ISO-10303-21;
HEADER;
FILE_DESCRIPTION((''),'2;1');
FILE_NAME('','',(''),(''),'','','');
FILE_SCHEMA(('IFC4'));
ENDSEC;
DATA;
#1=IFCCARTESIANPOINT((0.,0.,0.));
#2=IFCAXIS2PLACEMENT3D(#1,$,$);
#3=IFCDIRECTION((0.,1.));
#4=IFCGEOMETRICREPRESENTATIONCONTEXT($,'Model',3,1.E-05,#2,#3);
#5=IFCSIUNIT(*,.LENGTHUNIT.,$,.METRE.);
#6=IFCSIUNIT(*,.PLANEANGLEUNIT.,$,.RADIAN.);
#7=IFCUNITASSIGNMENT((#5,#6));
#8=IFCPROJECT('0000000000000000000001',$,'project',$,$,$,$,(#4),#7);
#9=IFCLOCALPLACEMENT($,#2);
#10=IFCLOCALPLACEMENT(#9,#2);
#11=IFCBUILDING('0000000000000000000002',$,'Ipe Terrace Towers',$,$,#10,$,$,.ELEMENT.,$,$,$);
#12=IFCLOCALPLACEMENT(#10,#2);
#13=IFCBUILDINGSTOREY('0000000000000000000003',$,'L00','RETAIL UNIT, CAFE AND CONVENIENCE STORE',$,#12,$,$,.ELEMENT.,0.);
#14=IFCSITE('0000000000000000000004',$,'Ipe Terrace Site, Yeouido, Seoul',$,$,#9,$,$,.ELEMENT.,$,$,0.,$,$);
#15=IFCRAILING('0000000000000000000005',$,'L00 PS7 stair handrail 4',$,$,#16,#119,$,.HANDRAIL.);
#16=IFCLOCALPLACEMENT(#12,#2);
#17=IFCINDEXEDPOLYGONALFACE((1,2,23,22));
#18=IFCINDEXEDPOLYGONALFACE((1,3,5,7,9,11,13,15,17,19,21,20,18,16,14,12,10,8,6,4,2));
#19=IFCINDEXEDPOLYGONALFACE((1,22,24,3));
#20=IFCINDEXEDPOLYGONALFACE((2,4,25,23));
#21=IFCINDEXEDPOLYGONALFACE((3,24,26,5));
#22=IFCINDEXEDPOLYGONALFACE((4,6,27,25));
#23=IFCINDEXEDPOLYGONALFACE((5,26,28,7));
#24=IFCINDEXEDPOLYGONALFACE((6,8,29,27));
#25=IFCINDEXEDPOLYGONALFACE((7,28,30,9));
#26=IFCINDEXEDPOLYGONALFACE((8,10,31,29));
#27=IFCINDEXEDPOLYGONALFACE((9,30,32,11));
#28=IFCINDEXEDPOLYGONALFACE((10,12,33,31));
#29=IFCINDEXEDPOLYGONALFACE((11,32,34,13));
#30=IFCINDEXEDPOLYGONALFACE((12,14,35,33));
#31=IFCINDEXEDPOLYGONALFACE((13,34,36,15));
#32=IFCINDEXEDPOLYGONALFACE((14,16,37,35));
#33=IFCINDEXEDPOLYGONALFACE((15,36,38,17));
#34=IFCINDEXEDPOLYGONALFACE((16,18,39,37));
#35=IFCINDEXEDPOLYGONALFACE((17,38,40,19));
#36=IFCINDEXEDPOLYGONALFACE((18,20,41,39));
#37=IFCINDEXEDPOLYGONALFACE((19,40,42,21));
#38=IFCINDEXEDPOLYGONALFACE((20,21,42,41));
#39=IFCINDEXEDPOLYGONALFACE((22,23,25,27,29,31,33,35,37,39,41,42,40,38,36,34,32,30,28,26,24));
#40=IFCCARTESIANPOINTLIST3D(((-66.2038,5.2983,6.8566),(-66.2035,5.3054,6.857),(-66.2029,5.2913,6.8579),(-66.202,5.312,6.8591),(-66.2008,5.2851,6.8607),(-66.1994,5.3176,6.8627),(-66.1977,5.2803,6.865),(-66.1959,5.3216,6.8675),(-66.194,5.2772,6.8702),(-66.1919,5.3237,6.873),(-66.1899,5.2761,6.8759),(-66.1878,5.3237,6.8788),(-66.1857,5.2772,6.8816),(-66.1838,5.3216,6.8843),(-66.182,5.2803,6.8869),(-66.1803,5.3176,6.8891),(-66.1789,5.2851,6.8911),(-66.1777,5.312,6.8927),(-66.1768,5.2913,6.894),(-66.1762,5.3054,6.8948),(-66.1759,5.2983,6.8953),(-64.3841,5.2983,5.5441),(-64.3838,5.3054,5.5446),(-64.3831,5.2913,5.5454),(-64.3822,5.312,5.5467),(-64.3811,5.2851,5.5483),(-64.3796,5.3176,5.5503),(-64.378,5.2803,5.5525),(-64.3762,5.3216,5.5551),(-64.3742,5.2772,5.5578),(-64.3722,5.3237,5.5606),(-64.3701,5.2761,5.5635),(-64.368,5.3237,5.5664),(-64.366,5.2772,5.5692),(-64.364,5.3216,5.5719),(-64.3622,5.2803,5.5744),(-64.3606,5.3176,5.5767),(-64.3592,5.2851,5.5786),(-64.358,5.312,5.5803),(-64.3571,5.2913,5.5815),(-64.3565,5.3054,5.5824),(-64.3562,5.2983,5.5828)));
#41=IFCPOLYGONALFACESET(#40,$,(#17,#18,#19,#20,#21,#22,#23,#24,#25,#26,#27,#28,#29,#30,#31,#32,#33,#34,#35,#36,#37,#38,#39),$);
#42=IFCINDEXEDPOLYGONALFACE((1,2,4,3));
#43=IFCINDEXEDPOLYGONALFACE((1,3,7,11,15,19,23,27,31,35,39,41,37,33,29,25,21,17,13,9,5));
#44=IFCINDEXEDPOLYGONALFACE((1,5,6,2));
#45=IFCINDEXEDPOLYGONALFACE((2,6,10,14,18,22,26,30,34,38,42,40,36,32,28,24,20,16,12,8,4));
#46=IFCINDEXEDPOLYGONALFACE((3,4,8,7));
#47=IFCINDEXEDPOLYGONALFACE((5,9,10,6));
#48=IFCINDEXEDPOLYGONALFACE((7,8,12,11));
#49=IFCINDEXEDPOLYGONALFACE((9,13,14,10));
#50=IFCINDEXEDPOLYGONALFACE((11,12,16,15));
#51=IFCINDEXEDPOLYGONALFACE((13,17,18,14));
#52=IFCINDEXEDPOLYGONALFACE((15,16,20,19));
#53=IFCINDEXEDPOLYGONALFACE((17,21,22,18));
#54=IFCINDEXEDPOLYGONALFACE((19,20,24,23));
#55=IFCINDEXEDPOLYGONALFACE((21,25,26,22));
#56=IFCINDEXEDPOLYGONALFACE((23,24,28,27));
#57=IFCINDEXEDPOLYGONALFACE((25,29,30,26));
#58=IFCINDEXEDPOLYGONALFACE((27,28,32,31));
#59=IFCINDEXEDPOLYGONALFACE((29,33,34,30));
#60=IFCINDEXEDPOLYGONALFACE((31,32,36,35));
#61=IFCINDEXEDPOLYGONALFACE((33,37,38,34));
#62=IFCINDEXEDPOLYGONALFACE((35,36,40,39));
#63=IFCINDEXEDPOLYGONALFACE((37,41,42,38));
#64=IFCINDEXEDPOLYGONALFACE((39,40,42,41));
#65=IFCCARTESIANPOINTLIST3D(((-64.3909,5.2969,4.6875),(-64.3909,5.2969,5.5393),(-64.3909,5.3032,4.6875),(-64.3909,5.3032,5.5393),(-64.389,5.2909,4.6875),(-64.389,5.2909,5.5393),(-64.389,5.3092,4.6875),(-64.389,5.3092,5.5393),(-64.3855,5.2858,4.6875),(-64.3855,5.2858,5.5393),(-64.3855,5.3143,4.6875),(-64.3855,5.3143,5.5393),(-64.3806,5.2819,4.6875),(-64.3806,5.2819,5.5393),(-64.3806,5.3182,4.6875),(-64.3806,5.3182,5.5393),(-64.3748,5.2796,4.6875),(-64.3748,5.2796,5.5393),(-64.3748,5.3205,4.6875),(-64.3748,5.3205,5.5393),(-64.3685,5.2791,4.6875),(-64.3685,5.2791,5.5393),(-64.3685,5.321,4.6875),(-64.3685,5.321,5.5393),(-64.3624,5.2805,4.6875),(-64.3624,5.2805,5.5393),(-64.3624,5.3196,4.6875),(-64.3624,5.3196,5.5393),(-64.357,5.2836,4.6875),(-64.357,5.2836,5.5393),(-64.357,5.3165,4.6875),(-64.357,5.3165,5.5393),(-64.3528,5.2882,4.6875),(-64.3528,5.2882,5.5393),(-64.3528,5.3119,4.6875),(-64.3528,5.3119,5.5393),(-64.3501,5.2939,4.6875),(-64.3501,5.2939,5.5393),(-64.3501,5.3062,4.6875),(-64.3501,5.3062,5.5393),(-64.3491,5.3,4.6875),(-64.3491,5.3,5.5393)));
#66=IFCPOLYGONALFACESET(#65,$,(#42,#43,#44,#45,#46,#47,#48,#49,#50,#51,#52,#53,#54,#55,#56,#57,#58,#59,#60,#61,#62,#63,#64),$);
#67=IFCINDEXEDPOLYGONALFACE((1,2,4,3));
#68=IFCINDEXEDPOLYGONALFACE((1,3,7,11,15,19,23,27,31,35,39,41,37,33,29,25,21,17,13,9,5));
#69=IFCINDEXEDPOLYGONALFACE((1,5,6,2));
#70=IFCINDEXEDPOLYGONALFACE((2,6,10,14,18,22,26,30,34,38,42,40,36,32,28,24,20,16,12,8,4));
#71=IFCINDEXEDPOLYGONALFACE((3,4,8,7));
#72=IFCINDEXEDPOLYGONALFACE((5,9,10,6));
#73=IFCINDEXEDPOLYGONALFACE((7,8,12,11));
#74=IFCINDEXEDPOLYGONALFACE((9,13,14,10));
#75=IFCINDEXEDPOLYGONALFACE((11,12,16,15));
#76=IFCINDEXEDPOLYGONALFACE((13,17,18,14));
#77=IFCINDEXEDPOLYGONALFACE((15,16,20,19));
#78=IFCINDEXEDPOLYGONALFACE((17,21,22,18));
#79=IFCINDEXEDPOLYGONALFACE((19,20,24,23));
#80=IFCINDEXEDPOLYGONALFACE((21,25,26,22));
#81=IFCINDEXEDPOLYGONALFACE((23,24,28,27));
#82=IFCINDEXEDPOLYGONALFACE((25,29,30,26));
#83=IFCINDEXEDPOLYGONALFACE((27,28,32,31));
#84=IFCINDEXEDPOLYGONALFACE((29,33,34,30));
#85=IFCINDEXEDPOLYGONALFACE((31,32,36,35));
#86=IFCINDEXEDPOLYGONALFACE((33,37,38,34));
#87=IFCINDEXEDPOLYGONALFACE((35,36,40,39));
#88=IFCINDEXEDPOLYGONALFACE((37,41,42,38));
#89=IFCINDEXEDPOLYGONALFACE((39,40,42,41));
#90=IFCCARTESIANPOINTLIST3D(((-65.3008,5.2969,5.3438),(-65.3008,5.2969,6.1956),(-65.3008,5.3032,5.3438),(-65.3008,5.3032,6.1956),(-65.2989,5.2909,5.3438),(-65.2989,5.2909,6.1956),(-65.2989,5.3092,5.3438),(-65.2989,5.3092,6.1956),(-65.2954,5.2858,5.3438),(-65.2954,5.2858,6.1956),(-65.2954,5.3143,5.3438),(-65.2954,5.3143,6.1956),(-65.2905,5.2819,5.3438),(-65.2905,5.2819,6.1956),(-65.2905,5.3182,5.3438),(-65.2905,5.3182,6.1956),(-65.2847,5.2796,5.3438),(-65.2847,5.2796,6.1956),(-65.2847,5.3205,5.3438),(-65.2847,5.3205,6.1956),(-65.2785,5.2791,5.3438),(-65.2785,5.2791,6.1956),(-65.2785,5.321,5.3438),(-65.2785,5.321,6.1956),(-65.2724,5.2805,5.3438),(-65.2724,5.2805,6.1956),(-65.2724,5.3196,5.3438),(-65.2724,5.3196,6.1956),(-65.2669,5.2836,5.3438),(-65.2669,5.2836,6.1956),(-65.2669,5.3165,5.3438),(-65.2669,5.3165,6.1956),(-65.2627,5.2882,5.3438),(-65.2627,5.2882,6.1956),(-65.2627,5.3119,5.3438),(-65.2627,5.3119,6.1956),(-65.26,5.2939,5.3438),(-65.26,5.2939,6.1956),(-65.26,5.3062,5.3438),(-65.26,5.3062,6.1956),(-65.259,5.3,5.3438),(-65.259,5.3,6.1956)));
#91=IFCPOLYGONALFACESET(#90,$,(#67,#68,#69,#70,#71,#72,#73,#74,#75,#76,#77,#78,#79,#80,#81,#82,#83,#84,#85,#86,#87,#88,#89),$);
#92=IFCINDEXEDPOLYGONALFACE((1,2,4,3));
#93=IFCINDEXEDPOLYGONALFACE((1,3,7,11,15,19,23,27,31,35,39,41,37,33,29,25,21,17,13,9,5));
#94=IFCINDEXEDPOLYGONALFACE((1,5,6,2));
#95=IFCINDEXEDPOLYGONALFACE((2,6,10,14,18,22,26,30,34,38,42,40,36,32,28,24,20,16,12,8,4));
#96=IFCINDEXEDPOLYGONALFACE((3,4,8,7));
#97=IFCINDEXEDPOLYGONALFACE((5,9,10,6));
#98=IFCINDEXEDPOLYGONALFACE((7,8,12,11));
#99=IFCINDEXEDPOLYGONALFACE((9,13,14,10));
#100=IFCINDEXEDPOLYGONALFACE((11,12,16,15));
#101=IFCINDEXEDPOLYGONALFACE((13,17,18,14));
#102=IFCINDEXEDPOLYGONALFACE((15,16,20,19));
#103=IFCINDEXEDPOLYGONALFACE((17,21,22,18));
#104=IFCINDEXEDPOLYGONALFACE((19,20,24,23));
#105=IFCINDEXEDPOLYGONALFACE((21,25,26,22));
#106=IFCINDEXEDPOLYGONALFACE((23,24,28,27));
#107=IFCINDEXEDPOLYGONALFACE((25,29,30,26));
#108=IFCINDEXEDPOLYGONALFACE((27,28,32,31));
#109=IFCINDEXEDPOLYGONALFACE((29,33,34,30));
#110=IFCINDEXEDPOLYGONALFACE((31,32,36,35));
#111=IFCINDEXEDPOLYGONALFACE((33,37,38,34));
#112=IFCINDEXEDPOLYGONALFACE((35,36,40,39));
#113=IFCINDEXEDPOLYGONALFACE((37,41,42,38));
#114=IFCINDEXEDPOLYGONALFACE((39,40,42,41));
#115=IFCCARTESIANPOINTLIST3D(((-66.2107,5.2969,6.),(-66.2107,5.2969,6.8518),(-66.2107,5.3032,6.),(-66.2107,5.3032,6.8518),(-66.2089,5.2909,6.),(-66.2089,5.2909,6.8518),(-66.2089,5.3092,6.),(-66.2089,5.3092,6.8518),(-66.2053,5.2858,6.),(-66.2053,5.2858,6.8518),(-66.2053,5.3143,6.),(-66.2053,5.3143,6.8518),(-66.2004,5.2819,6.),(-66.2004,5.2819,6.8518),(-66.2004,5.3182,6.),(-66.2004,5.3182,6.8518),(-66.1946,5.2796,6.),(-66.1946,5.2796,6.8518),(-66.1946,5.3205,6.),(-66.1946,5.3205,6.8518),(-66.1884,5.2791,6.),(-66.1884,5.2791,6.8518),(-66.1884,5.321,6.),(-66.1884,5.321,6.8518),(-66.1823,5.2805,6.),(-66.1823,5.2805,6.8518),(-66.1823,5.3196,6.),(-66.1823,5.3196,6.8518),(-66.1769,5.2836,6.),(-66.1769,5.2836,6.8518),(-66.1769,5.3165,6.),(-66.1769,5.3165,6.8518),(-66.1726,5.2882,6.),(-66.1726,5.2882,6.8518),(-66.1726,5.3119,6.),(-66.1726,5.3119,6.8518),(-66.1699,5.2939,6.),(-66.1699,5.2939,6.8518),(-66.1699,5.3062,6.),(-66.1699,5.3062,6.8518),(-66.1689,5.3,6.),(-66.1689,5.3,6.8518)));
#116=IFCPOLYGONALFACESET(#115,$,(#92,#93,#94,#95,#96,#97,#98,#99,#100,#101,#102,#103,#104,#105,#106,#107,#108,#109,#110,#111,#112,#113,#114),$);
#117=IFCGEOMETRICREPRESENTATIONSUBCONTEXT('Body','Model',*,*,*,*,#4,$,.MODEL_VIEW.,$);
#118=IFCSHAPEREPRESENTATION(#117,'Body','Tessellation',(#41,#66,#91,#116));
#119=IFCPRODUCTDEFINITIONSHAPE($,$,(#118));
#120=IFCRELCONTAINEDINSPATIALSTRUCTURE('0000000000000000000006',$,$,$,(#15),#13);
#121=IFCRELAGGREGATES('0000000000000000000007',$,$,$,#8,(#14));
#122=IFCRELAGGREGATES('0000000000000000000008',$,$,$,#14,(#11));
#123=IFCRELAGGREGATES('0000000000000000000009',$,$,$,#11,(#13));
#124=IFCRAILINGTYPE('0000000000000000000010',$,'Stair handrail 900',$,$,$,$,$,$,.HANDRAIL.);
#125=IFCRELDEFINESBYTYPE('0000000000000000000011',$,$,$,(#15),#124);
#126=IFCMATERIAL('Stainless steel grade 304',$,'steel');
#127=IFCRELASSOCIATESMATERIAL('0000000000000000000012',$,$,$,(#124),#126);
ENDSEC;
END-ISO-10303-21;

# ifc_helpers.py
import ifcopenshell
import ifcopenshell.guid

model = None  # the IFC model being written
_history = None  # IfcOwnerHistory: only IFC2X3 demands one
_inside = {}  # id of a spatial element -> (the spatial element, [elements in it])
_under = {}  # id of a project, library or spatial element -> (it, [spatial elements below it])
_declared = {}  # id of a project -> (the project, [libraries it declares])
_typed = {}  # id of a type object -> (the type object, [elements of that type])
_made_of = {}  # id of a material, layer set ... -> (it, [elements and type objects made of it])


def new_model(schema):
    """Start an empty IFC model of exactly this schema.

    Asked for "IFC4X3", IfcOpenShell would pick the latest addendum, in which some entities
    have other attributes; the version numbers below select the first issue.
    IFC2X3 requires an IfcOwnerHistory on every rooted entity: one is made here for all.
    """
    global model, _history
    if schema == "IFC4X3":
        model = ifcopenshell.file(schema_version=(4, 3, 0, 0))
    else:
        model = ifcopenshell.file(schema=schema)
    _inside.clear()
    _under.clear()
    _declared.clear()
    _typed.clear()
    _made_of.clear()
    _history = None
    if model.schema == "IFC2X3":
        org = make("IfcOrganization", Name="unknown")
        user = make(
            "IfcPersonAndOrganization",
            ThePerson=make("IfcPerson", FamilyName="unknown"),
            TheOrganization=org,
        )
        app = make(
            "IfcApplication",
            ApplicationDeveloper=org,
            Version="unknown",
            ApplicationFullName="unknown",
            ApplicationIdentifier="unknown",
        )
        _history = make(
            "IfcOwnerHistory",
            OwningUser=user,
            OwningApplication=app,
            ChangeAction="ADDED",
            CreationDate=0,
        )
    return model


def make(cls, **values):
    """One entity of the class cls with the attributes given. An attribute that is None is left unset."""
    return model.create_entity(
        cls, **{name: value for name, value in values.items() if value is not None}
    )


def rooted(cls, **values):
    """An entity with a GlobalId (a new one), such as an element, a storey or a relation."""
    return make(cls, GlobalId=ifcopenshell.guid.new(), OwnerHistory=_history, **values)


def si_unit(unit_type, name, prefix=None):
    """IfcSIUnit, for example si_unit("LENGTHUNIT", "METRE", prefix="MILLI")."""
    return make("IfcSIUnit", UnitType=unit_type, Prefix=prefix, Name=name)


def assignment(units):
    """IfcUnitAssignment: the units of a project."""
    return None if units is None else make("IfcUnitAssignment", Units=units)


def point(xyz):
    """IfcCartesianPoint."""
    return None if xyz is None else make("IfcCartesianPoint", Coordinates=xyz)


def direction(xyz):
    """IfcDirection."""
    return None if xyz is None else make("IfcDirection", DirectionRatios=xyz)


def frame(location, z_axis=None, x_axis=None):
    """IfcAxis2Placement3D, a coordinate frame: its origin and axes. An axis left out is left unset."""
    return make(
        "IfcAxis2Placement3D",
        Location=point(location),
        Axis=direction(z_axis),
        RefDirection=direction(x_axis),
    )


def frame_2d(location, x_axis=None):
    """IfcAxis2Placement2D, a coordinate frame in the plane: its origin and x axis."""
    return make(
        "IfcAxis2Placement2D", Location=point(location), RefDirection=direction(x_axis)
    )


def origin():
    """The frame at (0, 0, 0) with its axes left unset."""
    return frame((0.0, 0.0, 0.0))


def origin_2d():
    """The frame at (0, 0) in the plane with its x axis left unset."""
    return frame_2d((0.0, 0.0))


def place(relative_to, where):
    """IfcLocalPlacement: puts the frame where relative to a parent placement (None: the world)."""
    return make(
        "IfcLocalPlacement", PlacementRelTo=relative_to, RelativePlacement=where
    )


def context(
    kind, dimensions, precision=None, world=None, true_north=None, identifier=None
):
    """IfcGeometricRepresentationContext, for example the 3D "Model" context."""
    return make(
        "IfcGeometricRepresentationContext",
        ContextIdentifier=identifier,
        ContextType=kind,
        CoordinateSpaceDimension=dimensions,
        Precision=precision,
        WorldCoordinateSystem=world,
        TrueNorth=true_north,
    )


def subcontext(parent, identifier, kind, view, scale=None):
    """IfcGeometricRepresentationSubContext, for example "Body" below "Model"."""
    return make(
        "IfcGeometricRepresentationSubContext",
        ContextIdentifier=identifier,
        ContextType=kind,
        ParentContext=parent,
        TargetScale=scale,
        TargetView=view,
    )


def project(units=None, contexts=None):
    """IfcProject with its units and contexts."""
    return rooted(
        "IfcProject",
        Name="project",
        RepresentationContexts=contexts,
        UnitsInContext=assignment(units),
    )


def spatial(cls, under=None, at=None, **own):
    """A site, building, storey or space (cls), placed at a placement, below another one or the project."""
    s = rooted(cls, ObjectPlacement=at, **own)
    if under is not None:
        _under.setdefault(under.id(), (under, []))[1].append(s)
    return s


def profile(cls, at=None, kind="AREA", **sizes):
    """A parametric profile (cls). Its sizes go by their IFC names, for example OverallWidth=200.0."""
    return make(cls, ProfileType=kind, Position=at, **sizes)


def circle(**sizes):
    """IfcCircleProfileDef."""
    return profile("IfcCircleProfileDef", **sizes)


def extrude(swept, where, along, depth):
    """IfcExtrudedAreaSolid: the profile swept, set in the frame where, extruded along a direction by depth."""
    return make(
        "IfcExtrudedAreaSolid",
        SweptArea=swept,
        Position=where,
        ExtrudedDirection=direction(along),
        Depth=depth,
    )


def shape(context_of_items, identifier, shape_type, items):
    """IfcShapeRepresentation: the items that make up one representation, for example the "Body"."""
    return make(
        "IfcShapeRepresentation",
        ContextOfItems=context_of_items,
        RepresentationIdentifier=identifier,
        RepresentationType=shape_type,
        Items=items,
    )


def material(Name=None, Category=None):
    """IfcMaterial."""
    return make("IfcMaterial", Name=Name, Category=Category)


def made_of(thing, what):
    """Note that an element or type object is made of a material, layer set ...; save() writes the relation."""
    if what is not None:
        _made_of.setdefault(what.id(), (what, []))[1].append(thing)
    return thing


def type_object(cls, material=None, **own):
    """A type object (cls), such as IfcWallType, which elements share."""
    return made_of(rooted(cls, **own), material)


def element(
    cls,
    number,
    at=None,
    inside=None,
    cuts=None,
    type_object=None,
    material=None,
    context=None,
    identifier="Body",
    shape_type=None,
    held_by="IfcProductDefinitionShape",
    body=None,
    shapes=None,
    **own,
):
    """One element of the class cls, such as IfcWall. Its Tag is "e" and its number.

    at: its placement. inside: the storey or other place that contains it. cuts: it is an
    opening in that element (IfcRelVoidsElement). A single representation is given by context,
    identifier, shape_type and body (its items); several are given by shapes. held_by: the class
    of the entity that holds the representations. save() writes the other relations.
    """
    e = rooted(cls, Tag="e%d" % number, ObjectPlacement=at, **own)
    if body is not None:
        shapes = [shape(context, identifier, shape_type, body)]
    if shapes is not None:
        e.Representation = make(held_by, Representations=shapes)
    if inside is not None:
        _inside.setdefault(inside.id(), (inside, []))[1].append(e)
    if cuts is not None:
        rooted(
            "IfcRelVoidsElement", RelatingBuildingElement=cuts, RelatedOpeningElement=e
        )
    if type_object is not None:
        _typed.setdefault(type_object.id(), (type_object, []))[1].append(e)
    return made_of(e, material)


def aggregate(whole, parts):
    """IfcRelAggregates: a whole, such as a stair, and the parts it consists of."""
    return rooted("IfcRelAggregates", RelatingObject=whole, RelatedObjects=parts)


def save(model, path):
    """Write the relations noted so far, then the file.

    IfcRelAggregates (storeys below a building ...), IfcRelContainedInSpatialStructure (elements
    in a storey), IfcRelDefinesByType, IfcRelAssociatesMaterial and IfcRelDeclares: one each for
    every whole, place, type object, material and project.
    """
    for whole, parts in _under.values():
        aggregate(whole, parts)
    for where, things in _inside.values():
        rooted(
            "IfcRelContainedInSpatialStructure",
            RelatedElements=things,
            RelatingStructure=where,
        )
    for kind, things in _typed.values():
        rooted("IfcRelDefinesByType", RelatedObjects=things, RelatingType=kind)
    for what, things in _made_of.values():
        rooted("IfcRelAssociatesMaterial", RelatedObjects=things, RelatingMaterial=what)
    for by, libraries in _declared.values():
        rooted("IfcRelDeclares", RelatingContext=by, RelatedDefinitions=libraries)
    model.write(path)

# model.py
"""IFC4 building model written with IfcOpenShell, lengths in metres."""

from ifc_helpers import new_model, si_unit, direction, frame, origin, origin_2d, place, context, subcontext, project, spatial, circle, extrude, material, type_object, element, save


model = new_model("IFC4")

# Units and contexts
model_context = context("Model", 3, precision=1e-05, world=origin(), true_north=direction((0.0, 1.0)))
body_context = subcontext(model_context, "Body", "Model", "MODEL_VIEW")
ifc_project = project(units=[si_unit("LENGTHUNIT", "METRE"), si_unit("PLANEANGLEUNIT", "RADIAN")], contexts=[model_context])

# Site, building, storey
site_placement = place(None, origin())
site = spatial("IfcSite", under=ifc_project, at=site_placement, Name="Ipe Terrace Site, Yeouido, Seoul", CompositionType="ELEMENT", RefElevation=0.0)
building_placement = place(site_placement, origin())
building = spatial("IfcBuilding", under=site, at=building_placement, Name="Ipe Terrace Towers", CompositionType="ELEMENT")
storey_placement = place(building_placement, origin())
storey = spatial("IfcBuildingStorey", under=building, at=storey_placement, Name="L00", Description="RETAIL UNIT, CAFE AND CONVENIENCE STORE", CompositionType="ELEMENT", Elevation=0.0)

# Railing
ifc_material_1 = material(Name="Stainless steel grade 304", Category="steel")
railing_type_1 = type_object("IfcRailingType", Name="Stair handrail 900", PredefinedType="HANDRAIL", material=ifc_material_1)
railing_1_placement = place(storey_placement, frame((-64.3701, 5.3, 4.6875)))
element("IfcRailing", 1, at=railing_1_placement, inside=storey, type_object=railing_type_1, Name="L00 PS7 stair handrail 4", PredefinedType="HANDRAIL", context=body_context, shape_type="SweptSolid", body=[
    extrude(circle(Radius=0.0239, at=origin_2d()), frame((0.0, 0.0, 0.876), z_axis=(-0.811064, 0.0, 0.584958), x_axis=(0.0, -1.0, 0.0)), (0.0, 0.0, 1.0), 2.2437),
    extrude(circle(Radius=0.021, at=origin_2d()), origin(), (0.0, 0.0, 1.0), 0.8518),
    extrude(circle(Radius=0.021, at=origin_2d()), frame((-0.9099, 0.0, 0.6562)), (0.0, 0.0, 1.0), 0.8518),
    extrude(circle(Radius=0.021, at=origin_2d()), frame((-1.8198, 0.0, 1.3125)), (0.0, 0.0, 1.0), 0.8518),
])

save(model, "model.ifc")
